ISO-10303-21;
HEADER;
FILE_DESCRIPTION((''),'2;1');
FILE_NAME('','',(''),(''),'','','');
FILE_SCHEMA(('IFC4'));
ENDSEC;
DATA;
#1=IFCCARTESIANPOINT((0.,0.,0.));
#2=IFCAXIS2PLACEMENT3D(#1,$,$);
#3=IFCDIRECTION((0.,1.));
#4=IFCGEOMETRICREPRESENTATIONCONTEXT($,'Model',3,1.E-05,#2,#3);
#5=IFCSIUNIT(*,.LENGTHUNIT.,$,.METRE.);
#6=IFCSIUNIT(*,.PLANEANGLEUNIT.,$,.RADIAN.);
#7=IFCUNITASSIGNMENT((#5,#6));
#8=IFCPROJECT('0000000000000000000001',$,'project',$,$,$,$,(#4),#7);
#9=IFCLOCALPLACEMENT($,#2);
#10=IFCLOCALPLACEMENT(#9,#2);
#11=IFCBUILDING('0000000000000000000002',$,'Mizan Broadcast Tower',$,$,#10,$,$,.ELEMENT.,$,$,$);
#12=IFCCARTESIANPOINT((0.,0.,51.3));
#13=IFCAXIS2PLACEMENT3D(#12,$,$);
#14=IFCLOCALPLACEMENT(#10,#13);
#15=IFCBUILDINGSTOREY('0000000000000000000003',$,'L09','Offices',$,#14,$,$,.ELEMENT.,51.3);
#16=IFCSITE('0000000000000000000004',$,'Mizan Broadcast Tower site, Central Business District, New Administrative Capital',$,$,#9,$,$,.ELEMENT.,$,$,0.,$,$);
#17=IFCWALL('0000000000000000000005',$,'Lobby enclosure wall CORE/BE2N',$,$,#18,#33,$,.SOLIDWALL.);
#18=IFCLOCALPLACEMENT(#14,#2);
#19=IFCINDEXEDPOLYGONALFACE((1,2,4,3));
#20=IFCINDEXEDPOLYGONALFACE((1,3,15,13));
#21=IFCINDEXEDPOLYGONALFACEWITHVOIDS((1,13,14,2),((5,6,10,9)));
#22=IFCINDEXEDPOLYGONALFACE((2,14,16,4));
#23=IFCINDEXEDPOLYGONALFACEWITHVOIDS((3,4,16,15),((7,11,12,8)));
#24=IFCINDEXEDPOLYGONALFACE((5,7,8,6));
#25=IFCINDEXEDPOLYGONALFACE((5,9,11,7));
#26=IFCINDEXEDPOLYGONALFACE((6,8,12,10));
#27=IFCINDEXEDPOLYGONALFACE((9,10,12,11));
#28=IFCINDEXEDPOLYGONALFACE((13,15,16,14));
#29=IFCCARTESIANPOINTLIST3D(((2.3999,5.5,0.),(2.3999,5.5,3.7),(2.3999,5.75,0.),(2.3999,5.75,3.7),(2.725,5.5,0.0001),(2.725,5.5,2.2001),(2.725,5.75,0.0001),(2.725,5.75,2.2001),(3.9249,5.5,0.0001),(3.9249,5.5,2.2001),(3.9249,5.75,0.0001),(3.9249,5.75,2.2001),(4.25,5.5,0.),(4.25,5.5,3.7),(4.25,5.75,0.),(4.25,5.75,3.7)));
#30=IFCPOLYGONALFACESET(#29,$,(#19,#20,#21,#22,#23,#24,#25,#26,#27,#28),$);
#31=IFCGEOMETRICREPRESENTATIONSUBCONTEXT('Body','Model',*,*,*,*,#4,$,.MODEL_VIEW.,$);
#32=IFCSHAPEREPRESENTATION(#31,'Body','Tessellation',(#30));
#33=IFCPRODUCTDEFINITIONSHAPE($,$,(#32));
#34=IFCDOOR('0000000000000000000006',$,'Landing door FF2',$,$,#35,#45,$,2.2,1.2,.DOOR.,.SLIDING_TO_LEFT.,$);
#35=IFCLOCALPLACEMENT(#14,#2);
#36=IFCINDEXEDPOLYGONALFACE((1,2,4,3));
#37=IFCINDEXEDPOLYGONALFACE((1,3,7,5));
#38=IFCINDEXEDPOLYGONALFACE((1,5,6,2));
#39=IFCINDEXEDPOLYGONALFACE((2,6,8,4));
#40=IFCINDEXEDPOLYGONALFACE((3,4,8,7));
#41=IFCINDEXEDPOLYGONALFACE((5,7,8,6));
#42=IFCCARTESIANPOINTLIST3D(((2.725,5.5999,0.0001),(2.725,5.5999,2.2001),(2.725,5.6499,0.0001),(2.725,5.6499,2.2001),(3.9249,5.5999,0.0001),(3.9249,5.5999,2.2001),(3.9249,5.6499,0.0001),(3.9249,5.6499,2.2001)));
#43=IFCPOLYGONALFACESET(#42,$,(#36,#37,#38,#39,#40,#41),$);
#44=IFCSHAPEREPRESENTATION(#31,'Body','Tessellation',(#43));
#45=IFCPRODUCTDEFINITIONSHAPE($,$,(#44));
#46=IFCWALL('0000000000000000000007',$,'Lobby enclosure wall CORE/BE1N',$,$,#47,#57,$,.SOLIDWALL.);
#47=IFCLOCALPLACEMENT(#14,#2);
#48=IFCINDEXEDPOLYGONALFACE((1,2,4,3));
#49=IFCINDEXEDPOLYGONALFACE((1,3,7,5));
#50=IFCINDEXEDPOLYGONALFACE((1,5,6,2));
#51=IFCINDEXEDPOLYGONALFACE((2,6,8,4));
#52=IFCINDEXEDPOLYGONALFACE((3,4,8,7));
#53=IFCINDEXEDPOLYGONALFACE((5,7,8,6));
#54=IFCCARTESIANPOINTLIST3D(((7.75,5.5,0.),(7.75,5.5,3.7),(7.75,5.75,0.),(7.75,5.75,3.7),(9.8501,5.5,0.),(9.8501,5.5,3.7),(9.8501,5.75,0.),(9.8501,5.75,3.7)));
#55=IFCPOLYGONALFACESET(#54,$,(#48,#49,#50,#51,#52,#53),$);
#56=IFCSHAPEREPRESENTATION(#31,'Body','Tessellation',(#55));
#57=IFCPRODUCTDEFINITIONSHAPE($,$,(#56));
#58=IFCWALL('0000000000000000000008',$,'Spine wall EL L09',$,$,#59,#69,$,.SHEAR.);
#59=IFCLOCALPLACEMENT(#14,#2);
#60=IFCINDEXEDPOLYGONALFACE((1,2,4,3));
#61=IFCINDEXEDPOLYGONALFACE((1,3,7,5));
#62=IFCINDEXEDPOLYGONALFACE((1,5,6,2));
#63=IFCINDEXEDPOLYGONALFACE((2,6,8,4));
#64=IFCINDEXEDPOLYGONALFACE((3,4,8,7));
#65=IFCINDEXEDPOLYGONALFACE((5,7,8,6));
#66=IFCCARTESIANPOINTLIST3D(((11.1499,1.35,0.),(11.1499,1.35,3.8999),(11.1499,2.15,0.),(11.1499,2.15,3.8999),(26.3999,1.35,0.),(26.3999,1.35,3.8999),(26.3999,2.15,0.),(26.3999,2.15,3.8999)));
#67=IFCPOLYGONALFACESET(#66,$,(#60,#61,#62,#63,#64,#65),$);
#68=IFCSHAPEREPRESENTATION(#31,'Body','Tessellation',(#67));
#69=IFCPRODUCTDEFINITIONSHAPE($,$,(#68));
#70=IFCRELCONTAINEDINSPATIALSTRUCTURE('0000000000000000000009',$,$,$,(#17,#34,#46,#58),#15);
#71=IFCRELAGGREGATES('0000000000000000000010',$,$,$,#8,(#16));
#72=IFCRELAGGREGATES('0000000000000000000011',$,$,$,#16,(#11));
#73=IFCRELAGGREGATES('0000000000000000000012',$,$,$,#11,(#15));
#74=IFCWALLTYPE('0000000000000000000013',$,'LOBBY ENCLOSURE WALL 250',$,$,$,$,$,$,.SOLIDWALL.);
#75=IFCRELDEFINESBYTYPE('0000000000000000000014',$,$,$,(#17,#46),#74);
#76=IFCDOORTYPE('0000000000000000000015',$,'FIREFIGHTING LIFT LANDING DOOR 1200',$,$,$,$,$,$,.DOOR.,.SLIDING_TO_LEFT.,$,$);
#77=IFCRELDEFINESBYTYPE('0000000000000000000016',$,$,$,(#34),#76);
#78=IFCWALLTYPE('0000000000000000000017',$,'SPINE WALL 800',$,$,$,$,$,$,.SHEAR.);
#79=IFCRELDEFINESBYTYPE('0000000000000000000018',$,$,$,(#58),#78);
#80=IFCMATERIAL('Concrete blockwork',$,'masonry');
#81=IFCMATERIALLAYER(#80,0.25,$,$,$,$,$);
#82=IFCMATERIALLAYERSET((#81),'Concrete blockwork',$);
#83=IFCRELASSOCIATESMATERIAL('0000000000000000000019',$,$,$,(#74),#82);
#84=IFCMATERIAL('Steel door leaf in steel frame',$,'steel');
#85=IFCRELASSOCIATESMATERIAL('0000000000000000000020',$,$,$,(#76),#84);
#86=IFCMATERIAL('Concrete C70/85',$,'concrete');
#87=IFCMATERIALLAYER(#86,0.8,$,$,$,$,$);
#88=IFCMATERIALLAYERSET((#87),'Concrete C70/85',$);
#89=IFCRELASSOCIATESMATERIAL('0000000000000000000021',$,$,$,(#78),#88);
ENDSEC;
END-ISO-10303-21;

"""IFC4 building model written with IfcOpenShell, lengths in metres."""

from ifc_helpers import new_model, si_unit, direction, frame, frame_2d, origin, place, context, subcontext, project, spatial, rectangle, extrude, material, layer, layer_set, type_object, element, fill, save


model = new_model("IFC4")

# Units and contexts
model_context = context("Model", 3, precision=1e-05, world=origin(), true_north=direction((0.0, 1.0)))
body_context = subcontext(model_context, "Body", "Model", "MODEL_VIEW")
ifc_project = project(units=[si_unit("LENGTHUNIT", "METRE"), si_unit("PLANEANGLEUNIT", "RADIAN")], contexts=[model_context])

# Site, building, storey
site_placement = place(None, origin())
site = spatial("IfcSite", under=ifc_project, at=site_placement, Name="Mizan Broadcast Tower site, Central Business District, New Administrative Capital", CompositionType="ELEMENT", RefElevation=0.0)
building_placement = place(site_placement, origin())
building = spatial("IfcBuilding", under=site, at=building_placement, Name="Mizan Broadcast Tower", CompositionType="ELEMENT")
storey_placement = place(building_placement, frame((0.0, 0.0, 51.3)))
storey = spatial("IfcBuildingStorey", under=building, at=storey_placement, Name="L09", Description="Offices", CompositionType="ELEMENT", Elevation=51.3)

# Wall, opening, door
ifc_material_1 = material(Name="Concrete blockwork", Category="masonry")
ifc_layer_1 = layer(ifc_material_1, 0.25)
ifc_layer_set_1 = layer_set([ifc_layer_1], Name="Concrete blockwork")
wall_type_1 = type_object("IfcWallType", Name="LOBBY ENCLOSURE WALL 250", PredefinedType="SOLIDWALL", material=ifc_layer_set_1)
wall_1_placement = place(storey_placement, frame((2.3999, 5.625, 0.0), z_axis=(0.0, 0.0, 1.0), x_axis=(1.0, 0.0, 0.0)))
wall_1 = element("IfcWall", 1, at=wall_1_placement, inside=storey, type_object=wall_type_1, Name="Lobby enclosure wall CORE/BE2N", PredefinedType="SOLIDWALL", context=body_context, shape_type="SweptSolid", body=[
    extrude(rectangle(XDim=1.8501, YDim=0.25, at=frame_2d((0.925, 0.0))), origin(), (0.0, 0.0, 1.0), 3.7),
])
opening_1_placement = place(wall_1_placement, frame((0.325, 0.0, 0.0)))
opening_1 = element("IfcOpeningElement", 2, at=opening_1_placement, cuts=wall_1, PredefinedType="OPENING", context=body_context, shape_type="SweptSolid", body=[
    extrude(rectangle(XDim=1.2, YDim=2.2, at=frame_2d((0.6001, 1.1001))), frame((0.0, 0.135, 0.0), z_axis=(0.0, -1.0, 0.0), x_axis=(1.0, 0.0, 0.0)), (0.0, 0.0, 1.0), 0.27),
])
ifc_material_2 = material(Name="Steel door leaf in steel frame", Category="steel")
door_type_1 = type_object("IfcDoorType", Name="FIREFIGHTING LIFT LANDING DOOR 1200", OperationType="SLIDING_TO_LEFT", PredefinedType="DOOR", material=ifc_material_2)
door_1_placement = place(opening_1_placement, origin())
door_1 = element("IfcDoor", 3, at=door_1_placement, inside=storey, type_object=door_type_1, Name="Landing door FF2", OperationType="SLIDING_TO_LEFT", OverallHeight=2.2, OverallWidth=1.2, PredefinedType="DOOR", context=body_context, shape_type="SweptSolid", body=[
    extrude(rectangle(XDim=1.2, YDim=2.2, at=frame_2d((0.6001, 1.1001))), frame((0.0, 0.0249, 0.0), z_axis=(0.0, -1.0, 0.0), x_axis=(1.0, 0.0, 0.0)), (0.0, 0.0, 1.0), 0.05),
])
fill(opening_1, door_1)

# Walls
wall_2_placement = place(storey_placement, frame((7.75, 5.625, 0.0), z_axis=(0.0, 0.0, 1.0), x_axis=(1.0, 0.0, 0.0)))
element("IfcWall", 4, at=wall_2_placement, inside=storey, type_object=wall_type_1, Name="Lobby enclosure wall CORE/BE1N", PredefinedType="SOLIDWALL", context=body_context, shape_type="SweptSolid", body=[
    extrude(rectangle(XDim=2.1001, YDim=0.25, at=frame_2d((1.05, 0.0))), origin(), (0.0, 0.0, 1.0), 3.7),
])
ifc_material_3 = material(Name="Concrete C70/85", Category="concrete")
ifc_layer_2 = layer(ifc_material_3, 0.8)
ifc_layer_set_2 = layer_set([ifc_layer_2], Name="Concrete C70/85")
wall_type_2 = type_object("IfcWallType", Name="SPINE WALL 800", PredefinedType="SHEAR", material=ifc_layer_set_2)
wall_3_placement = place(storey_placement, frame((11.1499, 1.75, 0.0), z_axis=(0.0, 0.0, 1.0), x_axis=(1.0, 0.0, 0.0)))
element("IfcWall", 5, at=wall_3_placement, inside=storey, type_object=wall_type_2, Name="Spine wall EL L09", PredefinedType="SHEAR", context=body_context, shape_type="SweptSolid", body=[
    extrude(rectangle(XDim=15.25, YDim=0.8, at=frame_2d((7.625, 0.0))), origin(), (0.0, 0.0, 1.0), 3.8999),
])

save(model, "model.ifc")
